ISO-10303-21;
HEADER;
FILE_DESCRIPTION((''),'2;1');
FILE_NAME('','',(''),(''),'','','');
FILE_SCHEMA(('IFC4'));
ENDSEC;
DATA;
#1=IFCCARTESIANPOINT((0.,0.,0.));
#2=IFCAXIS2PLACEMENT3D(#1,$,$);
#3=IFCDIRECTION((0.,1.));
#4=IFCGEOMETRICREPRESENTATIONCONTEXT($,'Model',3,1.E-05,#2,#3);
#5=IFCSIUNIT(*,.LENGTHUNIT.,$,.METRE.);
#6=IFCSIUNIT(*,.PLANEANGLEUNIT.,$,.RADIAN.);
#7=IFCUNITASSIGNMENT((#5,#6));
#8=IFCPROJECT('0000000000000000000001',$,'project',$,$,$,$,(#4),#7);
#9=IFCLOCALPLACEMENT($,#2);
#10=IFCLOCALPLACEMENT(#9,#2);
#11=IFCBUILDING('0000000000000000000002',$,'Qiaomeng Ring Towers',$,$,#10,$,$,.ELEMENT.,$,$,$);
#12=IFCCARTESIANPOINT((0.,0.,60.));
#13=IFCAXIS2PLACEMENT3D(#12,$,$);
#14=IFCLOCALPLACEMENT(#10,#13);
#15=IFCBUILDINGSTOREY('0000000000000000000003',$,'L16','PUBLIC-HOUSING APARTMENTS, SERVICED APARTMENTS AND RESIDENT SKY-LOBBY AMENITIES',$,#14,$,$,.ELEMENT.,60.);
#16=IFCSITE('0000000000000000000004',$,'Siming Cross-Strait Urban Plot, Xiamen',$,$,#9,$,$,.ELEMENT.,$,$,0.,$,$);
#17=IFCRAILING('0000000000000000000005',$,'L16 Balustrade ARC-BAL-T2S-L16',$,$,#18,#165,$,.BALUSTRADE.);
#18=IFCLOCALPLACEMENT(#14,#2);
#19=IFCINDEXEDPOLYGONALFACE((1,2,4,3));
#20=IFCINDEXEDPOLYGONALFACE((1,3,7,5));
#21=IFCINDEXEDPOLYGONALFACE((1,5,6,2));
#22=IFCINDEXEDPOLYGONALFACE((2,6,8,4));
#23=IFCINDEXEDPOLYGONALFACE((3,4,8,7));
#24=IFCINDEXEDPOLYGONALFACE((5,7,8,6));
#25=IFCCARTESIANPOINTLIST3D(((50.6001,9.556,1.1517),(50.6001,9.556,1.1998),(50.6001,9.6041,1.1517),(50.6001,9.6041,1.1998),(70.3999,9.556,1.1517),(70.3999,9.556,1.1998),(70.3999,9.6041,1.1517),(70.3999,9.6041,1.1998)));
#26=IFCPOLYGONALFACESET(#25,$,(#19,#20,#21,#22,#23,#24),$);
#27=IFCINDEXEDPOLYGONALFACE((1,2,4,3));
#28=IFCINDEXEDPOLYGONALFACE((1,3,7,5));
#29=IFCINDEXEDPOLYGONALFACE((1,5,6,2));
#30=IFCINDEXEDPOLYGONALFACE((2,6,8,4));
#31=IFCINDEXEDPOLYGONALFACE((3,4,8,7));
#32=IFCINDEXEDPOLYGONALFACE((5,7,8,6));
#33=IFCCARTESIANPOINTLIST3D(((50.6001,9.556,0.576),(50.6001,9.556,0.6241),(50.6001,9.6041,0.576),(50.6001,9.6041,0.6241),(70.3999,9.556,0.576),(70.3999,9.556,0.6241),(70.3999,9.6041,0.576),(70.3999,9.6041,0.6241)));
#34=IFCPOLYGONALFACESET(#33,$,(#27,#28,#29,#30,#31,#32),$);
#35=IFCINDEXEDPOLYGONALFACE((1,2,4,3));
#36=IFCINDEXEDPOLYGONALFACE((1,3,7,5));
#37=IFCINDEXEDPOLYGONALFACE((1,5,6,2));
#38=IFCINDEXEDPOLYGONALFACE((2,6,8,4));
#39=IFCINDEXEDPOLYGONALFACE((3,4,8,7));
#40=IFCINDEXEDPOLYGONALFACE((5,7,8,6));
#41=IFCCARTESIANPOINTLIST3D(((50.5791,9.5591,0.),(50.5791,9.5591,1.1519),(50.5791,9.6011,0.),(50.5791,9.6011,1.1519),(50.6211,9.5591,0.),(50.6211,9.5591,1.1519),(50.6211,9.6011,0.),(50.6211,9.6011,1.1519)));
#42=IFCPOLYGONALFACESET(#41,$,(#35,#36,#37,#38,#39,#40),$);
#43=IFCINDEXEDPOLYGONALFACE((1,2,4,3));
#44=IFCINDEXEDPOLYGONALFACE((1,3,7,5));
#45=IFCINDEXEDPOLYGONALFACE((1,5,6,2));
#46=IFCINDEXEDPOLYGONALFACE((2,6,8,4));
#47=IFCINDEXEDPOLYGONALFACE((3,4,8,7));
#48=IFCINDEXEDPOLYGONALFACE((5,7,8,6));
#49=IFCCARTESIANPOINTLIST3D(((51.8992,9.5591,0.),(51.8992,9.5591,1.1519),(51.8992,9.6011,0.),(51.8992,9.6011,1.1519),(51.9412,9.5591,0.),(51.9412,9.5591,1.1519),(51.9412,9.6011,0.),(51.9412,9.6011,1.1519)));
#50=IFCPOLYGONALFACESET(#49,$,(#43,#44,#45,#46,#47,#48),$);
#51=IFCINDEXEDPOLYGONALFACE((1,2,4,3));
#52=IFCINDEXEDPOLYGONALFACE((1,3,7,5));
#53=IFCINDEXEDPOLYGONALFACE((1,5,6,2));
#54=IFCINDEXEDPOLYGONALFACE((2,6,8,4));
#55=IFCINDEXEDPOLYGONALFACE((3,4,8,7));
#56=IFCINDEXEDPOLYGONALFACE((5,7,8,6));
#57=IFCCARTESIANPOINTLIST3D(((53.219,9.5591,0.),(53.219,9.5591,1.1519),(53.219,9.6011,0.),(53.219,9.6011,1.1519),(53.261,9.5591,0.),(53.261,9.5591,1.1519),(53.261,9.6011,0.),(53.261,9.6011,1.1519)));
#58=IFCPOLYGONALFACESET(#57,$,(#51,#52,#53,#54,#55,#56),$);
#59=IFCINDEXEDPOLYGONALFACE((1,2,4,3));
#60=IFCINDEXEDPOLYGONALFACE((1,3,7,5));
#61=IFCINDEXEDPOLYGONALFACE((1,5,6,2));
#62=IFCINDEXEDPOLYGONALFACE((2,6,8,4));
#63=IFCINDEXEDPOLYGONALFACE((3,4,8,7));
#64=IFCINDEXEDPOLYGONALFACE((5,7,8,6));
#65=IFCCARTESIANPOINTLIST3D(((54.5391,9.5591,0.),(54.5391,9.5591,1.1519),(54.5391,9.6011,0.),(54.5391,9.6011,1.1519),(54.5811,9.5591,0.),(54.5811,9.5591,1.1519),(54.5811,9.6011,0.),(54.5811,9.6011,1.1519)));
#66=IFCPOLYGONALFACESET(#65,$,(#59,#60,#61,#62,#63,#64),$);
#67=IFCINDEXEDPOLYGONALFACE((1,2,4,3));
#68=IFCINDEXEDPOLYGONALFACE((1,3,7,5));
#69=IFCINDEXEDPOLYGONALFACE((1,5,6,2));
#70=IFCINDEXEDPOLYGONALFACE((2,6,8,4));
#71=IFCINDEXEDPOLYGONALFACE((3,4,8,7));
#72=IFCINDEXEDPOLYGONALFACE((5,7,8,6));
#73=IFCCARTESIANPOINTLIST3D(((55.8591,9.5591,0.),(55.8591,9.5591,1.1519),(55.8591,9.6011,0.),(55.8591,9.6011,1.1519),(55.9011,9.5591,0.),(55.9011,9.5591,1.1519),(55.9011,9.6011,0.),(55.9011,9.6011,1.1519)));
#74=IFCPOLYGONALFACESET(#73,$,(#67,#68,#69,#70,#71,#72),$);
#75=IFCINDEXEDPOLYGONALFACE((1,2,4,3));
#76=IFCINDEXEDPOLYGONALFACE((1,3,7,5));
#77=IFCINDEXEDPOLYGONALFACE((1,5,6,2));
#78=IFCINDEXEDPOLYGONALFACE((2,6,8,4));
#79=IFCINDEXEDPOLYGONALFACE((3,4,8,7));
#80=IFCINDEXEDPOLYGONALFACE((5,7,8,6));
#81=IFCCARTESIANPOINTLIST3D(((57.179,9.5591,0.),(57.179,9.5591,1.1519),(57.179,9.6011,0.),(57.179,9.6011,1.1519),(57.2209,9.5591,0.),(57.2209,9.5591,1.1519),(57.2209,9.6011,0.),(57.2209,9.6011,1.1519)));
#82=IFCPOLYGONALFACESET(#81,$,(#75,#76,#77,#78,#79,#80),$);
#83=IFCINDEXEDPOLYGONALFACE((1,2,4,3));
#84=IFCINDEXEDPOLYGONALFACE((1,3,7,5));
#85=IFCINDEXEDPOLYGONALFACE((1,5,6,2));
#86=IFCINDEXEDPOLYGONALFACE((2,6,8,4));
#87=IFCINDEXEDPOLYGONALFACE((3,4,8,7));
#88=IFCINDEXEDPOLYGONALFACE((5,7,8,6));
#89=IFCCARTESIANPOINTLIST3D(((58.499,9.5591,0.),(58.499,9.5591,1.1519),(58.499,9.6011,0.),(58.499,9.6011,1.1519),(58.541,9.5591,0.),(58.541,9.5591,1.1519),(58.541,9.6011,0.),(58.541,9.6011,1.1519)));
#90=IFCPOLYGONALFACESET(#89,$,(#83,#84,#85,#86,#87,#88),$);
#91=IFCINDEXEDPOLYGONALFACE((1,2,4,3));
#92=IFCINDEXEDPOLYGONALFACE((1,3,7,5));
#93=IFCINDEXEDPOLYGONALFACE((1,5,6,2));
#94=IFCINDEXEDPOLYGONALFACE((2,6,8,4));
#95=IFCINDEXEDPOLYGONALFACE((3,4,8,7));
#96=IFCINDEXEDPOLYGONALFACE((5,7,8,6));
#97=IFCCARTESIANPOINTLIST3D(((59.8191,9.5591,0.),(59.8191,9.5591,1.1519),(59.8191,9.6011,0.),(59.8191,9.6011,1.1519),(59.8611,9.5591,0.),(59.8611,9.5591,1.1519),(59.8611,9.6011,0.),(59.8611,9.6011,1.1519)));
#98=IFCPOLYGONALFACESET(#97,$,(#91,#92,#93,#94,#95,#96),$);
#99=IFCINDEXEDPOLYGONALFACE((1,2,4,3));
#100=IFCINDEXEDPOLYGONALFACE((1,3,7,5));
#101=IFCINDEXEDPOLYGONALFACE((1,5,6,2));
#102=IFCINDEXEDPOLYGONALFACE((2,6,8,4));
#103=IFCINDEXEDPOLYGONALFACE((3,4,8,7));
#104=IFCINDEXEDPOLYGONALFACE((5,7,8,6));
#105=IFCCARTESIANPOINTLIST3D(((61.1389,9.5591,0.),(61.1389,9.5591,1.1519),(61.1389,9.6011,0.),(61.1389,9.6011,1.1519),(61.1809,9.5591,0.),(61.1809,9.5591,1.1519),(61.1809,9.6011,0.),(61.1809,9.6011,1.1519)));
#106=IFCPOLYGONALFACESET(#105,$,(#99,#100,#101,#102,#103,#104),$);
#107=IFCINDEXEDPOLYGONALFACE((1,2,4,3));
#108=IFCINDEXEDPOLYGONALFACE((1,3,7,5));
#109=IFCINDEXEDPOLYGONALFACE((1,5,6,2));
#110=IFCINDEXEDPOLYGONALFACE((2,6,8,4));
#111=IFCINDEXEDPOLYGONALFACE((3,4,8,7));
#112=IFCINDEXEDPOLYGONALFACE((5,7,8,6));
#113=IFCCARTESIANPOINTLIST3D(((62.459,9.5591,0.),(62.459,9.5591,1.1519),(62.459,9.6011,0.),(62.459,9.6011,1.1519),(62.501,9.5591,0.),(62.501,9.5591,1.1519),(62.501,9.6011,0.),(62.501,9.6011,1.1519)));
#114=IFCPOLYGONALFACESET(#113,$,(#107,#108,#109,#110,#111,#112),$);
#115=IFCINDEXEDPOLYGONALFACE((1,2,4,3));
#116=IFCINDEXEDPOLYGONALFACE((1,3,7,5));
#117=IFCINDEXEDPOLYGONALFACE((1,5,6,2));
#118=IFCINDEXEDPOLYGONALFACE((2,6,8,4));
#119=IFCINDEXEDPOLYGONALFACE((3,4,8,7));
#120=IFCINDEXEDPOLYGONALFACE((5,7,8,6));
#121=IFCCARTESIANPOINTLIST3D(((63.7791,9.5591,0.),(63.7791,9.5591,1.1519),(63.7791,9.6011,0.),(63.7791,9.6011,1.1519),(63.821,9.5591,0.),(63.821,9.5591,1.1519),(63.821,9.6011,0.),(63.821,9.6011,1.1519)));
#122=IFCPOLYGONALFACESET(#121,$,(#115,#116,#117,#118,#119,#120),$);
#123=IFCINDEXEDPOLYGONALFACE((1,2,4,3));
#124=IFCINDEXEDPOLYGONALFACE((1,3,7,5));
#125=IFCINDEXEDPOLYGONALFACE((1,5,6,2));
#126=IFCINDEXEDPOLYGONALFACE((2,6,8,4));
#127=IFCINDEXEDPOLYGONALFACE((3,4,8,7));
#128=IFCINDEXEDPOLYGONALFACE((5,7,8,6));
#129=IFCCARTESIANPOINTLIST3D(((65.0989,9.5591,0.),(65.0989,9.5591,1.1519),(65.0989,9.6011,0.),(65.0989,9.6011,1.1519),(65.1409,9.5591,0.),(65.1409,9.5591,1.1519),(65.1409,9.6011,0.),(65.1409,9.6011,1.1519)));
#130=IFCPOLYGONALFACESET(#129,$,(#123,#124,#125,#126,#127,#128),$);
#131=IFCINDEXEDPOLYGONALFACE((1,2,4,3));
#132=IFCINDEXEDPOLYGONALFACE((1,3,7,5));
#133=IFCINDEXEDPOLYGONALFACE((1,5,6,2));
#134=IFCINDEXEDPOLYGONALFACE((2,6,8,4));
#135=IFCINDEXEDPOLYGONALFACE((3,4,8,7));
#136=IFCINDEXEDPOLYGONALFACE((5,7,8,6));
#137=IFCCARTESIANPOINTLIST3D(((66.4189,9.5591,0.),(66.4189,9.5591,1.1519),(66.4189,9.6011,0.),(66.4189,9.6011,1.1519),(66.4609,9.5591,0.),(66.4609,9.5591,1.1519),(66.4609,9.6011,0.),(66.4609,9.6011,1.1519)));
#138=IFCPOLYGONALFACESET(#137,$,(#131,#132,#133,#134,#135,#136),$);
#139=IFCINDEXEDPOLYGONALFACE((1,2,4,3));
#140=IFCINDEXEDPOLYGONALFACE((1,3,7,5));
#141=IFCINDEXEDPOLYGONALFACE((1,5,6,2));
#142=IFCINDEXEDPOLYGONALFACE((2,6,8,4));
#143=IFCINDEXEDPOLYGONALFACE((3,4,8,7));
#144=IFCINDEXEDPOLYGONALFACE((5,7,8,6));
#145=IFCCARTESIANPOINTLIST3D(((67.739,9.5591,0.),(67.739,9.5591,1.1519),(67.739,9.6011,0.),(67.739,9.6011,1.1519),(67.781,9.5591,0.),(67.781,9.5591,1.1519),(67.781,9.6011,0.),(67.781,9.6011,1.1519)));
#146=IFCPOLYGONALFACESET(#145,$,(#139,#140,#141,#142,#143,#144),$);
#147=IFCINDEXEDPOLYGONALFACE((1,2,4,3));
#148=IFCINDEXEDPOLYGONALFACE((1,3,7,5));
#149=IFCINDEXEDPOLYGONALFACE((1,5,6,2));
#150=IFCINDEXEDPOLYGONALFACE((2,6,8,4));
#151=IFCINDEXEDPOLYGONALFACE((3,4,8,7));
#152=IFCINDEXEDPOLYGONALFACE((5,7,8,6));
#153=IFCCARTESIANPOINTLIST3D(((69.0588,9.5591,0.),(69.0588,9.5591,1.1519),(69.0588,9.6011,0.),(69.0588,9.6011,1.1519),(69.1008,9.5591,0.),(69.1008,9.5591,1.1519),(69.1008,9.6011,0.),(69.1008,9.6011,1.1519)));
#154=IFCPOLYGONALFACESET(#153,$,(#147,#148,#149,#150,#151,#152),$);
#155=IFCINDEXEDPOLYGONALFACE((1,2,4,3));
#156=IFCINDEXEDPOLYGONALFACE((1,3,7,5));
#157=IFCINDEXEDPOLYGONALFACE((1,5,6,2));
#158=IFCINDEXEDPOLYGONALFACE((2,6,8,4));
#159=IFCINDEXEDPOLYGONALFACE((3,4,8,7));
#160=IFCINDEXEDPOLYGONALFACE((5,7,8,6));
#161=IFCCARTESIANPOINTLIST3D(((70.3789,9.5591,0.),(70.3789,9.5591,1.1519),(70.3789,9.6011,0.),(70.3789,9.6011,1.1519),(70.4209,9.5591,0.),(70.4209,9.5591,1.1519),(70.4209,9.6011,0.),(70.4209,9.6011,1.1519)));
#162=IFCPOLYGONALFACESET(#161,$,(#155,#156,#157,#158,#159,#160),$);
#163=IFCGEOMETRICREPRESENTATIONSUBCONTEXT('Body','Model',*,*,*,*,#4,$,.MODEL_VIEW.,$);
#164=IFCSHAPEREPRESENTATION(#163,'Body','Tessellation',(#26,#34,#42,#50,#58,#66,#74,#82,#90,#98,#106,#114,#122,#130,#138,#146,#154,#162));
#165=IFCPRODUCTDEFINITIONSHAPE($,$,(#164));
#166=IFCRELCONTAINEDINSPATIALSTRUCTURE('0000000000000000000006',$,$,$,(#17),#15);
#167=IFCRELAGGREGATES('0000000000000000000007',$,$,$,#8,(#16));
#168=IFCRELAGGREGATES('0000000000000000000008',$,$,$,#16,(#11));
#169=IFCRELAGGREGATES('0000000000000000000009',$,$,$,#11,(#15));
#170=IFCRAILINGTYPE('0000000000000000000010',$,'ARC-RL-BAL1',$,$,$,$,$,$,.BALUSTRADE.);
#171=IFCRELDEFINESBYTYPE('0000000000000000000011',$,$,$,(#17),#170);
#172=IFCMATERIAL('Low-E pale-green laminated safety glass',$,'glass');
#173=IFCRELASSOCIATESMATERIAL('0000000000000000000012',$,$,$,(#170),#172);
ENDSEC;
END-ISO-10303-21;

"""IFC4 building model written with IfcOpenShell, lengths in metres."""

from ifc_helpers import new_model, si_unit, direction, frame, origin, origin_2d, place, context, subcontext, project, spatial, rectangle, extrude, material, type_object, element, save


model = new_model("IFC4")

# Units and contexts
model_context = context("Model", 3, precision=1e-05, world=origin(), true_north=direction((0.0, 1.0)))
body_context = subcontext(model_context, "Body", "Model", "MODEL_VIEW")
ifc_project = project(units=[si_unit("LENGTHUNIT", "METRE"), si_unit("PLANEANGLEUNIT", "RADIAN")], contexts=[model_context])

# Site, building, storey
site_placement = place(None, origin())
site = spatial("IfcSite", under=ifc_project, at=site_placement, Name="Siming Cross-Strait Urban Plot, Xiamen", CompositionType="ELEMENT", RefElevation=0.0)
building_placement = place(site_placement, origin())
building = spatial("IfcBuilding", under=site, at=building_placement, Name="Qiaomeng Ring Towers", CompositionType="ELEMENT")
storey_placement = place(building_placement, frame((0.0, 0.0, 60.0)))
storey = spatial("IfcBuildingStorey", under=building, at=storey_placement, Name="L16", Description="PUBLIC-HOUSING APARTMENTS, SERVICED APARTMENTS AND RESIDENT SKY-LOBBY AMENITIES", CompositionType="ELEMENT", Elevation=60.0)

# Railing
ifc_material_1 = material(Name="Low-E pale-green laminated safety glass", Category="glass")
railing_type = type_object("IfcRailingType", Name="ARC-RL-BAL1", PredefinedType="BALUSTRADE", material=ifc_material_1)
railing_placement = place(storey_placement, frame((50.6001, 9.5801, 0.0)))
element("IfcRailing", 1, at=railing_placement, inside=storey, type_object=railing_type, Name="L16 Balustrade ARC-BAL-T2S-L16", PredefinedType="BALUSTRADE", context=body_context, shape_type="SweptSolid", body=[
    extrude(rectangle(XDim=0.0481, YDim=0.0481, at=origin_2d()), frame((0.0, 0.0, 1.1758), z_axis=(1.0, 0.0, 0.0), x_axis=(0.0, 1.0, 0.0)), (0.0, 0.0, 1.0), 19.7998),
    extrude(rectangle(XDim=0.0481, YDim=0.0481, at=origin_2d()), frame((0.0, 0.0, 0.6001), z_axis=(1.0, 0.0, 0.0), x_axis=(0.0, 1.0, 0.0)), (0.0, 0.0, 1.0), 19.7998),
    extrude(rectangle(XDim=0.042, YDim=0.042, at=origin_2d()), origin(), (0.0, 0.0, 1.0), 1.1519),
    extrude(rectangle(XDim=0.042, YDim=0.042, at=origin_2d()), frame((1.3201, 0.0, 0.0)), (0.0, 0.0, 1.0), 1.1519),
    extrude(rectangle(XDim=0.042, YDim=0.042, at=origin_2d()), frame((2.6399, 0.0, 0.0)), (0.0, 0.0, 1.0), 1.1519),
    extrude(rectangle(XDim=0.042, YDim=0.042, at=origin_2d()), frame((3.96, 0.0, 0.0)), (0.0, 0.0, 1.0), 1.1519),
    extrude(rectangle(XDim=0.042, YDim=0.042, at=origin_2d()), frame((5.28, 0.0, 0.0)), (0.0, 0.0, 1.0), 1.1519),
    extrude(rectangle(XDim=0.042, YDim=0.042, at=origin_2d()), frame((6.5999, 0.0, 0.0)), (0.0, 0.0, 1.0), 1.1519),
    extrude(rectangle(XDim=0.042, YDim=0.042, at=origin_2d()), frame((7.9199, 0.0, 0.0)), (0.0, 0.0, 1.0), 1.1519),
    extrude(rectangle(XDim=0.042, YDim=0.042, at=origin_2d()), frame((9.24, 0.0, 0.0)), (0.0, 0.0, 1.0), 1.1519),
    extrude(rectangle(XDim=0.042, YDim=0.042, at=origin_2d()), frame((10.5598, 0.0, 0.0)), (0.0, 0.0, 1.0), 1.1519),
    extrude(rectangle(XDim=0.042, YDim=0.042, at=origin_2d()), frame((11.8799, 0.0, 0.0)), (0.0, 0.0, 1.0), 1.1519),
    extrude(rectangle(XDim=0.042, YDim=0.042, at=origin_2d()), frame((13.2, 0.0, 0.0)), (0.0, 0.0, 1.0), 1.1519),
    extrude(rectangle(XDim=0.042, YDim=0.042, at=origin_2d()), frame((14.5198, 0.0, 0.0)), (0.0, 0.0, 1.0), 1.1519),
    extrude(rectangle(XDim=0.042, YDim=0.042, at=origin_2d()), frame((15.8398, 0.0, 0.0)), (0.0, 0.0, 1.0), 1.1519),
    extrude(rectangle(XDim=0.042, YDim=0.042, at=origin_2d()), frame((17.1599, 0.0, 0.0)), (0.0, 0.0, 1.0), 1.1519),
    extrude(rectangle(XDim=0.042, YDim=0.042, at=origin_2d()), frame((18.4797, 0.0, 0.0)), (0.0, 0.0, 1.0), 1.1519),
    extrude(rectangle(XDim=0.042, YDim=0.042, at=origin_2d()), frame((19.7998, 0.0, 0.0)), (0.0, 0.0, 1.0), 1.1519),
])

save(model, "model.ifc")
